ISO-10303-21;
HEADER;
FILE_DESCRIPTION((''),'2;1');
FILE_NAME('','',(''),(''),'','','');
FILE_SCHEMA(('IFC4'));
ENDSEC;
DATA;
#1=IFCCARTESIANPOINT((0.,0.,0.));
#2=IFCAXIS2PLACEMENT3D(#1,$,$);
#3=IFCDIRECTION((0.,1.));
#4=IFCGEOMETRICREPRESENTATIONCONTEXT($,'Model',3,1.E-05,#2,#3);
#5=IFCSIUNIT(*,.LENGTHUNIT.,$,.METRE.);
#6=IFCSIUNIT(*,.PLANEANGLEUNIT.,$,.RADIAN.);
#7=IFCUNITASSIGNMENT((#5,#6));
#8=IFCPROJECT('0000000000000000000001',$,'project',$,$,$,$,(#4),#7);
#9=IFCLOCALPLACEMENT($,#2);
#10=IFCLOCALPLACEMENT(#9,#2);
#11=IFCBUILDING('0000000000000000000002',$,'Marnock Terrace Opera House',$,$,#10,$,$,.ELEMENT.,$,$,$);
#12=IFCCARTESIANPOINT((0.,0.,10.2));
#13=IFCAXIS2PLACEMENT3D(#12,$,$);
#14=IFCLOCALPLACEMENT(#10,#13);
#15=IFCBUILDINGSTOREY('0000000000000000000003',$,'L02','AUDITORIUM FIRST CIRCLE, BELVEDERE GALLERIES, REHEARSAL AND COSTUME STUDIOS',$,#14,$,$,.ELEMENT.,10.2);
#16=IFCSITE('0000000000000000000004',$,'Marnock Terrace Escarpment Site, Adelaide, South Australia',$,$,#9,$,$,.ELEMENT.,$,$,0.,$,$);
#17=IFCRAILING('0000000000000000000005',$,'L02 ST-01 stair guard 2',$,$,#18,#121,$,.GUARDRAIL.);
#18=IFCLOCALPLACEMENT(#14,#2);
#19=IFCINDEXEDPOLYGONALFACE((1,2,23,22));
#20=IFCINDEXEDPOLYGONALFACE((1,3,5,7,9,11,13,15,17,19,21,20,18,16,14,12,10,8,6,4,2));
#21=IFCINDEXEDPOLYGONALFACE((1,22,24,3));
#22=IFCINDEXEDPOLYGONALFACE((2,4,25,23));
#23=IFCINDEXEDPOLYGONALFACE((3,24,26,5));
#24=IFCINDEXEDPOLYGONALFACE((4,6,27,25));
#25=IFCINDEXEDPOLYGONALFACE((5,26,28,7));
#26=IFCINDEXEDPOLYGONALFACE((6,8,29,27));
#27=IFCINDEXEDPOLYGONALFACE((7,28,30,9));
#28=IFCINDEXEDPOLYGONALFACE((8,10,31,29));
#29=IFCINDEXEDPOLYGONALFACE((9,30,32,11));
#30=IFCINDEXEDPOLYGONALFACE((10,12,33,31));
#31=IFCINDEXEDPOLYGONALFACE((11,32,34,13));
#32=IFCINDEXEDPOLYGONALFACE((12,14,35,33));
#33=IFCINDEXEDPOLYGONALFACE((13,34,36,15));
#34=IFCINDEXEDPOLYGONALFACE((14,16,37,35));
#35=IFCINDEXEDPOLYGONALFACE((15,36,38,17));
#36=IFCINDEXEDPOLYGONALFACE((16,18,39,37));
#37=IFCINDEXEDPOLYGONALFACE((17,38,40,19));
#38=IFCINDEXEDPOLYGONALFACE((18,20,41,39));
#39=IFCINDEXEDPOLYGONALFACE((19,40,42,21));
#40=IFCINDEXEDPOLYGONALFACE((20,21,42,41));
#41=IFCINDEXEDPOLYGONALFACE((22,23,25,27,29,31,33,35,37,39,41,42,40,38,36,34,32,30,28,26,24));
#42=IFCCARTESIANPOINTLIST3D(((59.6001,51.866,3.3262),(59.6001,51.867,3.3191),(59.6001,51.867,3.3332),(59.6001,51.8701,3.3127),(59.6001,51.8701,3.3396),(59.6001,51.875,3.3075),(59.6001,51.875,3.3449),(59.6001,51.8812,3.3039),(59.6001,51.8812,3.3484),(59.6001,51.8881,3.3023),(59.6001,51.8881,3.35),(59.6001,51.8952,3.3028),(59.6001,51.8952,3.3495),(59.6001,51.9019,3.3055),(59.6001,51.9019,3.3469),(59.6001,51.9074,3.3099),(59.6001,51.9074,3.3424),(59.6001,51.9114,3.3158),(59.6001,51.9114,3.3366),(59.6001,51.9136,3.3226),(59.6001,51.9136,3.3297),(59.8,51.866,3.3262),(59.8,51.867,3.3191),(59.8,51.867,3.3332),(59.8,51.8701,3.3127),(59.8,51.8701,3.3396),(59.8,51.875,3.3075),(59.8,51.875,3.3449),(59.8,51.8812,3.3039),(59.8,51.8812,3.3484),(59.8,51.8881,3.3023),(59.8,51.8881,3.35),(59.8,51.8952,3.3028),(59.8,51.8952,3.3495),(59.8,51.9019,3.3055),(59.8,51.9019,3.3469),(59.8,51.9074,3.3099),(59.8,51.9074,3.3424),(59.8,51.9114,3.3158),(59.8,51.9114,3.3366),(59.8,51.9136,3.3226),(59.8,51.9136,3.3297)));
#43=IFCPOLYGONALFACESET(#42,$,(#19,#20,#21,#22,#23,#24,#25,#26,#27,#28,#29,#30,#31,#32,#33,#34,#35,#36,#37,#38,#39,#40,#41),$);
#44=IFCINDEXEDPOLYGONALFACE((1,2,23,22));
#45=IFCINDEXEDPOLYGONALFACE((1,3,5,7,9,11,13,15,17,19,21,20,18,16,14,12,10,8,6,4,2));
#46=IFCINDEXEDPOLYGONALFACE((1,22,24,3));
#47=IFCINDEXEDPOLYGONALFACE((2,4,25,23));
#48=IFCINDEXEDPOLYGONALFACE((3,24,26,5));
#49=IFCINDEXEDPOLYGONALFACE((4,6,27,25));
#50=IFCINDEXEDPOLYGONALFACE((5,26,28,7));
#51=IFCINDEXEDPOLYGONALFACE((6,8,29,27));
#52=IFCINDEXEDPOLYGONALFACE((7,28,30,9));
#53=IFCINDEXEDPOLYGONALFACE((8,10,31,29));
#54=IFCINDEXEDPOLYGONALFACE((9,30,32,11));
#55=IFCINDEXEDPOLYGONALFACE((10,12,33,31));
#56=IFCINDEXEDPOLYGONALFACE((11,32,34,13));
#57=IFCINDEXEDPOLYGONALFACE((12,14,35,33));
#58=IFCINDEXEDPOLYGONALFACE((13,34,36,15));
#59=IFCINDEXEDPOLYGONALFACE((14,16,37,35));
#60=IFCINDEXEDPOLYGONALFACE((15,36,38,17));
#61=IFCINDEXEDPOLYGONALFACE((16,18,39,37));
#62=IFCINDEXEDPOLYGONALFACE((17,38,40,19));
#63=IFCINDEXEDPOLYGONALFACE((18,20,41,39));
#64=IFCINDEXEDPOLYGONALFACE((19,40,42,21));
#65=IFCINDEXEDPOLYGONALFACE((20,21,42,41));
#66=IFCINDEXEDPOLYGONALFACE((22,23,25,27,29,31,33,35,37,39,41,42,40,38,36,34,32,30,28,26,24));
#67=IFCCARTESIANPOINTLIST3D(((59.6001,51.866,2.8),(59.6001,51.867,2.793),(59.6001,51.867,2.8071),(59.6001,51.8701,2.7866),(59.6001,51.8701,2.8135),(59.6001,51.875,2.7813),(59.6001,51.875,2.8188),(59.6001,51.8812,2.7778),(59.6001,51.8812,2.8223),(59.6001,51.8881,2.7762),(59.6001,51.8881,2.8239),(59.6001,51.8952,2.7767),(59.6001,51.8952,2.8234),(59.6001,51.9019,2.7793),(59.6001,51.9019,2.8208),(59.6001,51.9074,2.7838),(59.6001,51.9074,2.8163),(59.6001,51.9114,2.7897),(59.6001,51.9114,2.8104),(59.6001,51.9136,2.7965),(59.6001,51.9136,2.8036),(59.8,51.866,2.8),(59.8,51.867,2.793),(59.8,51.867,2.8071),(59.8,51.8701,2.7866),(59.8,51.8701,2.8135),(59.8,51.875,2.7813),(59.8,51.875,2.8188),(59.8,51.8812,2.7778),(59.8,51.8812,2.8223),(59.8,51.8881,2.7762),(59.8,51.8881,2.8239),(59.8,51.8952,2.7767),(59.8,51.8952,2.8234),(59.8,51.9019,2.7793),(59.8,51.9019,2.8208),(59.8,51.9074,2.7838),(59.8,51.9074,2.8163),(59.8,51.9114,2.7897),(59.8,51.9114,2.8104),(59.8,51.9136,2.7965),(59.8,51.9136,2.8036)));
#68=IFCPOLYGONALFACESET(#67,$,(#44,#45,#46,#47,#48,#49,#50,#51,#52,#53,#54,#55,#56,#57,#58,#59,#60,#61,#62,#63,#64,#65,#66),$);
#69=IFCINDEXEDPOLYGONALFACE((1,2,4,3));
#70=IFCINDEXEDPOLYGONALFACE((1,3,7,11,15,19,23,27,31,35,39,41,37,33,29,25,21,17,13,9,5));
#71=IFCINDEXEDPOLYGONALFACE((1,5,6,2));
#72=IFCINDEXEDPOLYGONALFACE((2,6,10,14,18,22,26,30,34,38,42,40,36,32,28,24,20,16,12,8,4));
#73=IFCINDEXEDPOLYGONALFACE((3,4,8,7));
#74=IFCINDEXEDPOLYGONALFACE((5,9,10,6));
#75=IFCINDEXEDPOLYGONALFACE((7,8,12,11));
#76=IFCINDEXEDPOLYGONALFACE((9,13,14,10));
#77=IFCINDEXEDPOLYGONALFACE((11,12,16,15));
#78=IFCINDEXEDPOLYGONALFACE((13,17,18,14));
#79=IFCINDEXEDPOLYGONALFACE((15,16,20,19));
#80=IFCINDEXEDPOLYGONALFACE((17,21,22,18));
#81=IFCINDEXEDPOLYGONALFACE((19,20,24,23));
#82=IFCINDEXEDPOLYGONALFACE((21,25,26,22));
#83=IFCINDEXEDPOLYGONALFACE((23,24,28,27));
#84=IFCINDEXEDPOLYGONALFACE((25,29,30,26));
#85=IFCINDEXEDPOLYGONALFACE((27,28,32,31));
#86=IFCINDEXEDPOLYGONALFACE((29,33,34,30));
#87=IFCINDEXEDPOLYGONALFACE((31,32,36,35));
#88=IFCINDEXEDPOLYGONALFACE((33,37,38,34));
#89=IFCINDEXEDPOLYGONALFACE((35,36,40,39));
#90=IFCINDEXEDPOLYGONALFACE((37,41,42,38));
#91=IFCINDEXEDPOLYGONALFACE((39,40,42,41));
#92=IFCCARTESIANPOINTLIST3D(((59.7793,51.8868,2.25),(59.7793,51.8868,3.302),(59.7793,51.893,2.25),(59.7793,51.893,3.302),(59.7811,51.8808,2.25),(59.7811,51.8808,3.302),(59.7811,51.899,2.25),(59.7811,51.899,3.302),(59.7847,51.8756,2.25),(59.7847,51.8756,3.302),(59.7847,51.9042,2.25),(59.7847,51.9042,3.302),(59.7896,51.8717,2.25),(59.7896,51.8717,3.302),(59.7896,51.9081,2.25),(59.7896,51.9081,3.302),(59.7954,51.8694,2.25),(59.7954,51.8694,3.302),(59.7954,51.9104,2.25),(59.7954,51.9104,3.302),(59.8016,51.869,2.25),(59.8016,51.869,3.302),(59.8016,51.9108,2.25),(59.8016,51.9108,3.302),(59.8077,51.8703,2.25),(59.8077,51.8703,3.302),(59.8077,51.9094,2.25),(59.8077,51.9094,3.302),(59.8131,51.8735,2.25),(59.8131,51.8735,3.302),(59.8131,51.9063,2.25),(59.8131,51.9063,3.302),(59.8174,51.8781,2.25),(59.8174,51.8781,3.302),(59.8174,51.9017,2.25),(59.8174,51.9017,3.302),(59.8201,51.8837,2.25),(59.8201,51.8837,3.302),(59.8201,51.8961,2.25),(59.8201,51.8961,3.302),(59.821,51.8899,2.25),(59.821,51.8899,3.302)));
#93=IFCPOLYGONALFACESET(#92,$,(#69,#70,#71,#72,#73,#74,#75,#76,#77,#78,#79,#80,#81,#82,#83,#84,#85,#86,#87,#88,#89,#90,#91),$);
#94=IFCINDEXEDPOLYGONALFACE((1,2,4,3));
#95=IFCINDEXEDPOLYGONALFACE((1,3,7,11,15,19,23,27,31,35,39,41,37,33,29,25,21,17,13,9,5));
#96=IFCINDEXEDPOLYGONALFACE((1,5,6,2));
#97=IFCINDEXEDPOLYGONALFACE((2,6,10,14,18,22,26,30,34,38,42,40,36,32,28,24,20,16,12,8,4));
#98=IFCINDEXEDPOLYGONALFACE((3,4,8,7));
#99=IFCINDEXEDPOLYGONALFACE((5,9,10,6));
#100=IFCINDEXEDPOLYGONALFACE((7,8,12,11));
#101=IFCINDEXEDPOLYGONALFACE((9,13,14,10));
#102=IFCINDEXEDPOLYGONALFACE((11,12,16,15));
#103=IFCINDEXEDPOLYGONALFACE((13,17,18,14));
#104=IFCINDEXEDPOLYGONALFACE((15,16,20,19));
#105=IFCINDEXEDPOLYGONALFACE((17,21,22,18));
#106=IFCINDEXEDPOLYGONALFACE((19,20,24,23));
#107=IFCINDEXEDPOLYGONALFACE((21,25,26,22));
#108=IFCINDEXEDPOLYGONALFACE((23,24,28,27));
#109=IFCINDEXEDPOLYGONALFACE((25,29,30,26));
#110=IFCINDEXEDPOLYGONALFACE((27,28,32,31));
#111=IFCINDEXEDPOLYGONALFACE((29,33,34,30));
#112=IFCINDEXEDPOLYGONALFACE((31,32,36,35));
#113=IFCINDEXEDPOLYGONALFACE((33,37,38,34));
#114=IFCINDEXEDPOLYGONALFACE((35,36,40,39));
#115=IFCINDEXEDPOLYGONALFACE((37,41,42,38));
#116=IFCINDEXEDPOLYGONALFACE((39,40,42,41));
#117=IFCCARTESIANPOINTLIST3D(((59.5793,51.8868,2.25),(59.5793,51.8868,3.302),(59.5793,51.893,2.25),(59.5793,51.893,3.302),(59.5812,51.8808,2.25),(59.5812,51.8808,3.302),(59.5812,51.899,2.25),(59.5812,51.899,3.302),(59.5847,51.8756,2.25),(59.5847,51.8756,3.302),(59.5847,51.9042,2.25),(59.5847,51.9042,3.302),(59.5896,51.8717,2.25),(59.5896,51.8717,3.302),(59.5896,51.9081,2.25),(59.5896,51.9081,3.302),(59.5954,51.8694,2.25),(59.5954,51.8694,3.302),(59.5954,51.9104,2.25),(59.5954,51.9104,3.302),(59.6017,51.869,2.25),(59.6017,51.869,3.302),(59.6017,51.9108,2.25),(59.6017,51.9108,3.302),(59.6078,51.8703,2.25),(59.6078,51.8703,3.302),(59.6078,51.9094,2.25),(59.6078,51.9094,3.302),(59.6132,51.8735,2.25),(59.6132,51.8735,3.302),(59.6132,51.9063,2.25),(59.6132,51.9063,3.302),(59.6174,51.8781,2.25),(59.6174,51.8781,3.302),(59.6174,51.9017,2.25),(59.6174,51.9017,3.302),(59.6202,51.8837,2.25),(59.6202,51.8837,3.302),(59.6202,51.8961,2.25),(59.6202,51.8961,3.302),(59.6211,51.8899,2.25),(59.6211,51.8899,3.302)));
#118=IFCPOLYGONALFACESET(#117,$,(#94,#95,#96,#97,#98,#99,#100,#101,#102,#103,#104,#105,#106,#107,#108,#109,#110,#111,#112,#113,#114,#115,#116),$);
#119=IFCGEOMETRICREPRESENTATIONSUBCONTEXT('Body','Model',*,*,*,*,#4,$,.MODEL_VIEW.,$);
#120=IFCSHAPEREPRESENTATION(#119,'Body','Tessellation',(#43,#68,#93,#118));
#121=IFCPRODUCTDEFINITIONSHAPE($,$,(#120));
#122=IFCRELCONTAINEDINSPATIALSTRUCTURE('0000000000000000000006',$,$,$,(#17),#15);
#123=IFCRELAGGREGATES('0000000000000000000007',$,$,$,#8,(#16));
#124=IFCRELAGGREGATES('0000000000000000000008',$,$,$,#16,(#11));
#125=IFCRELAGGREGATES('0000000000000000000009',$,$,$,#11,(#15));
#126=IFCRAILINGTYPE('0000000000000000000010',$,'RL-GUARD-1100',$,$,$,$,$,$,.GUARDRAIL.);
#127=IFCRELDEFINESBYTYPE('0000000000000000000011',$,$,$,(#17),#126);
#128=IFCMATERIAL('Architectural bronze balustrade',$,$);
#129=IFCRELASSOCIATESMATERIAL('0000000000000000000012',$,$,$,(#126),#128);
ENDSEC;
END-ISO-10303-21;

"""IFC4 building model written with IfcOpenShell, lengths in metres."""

from ifc_helpers import new_model, si_unit, direction, frame, origin, origin_2d, place, context, subcontext, project, spatial, circle, extrude, material, type_object, element, save


model = new_model("IFC4")

# Units and contexts
model_context = context("Model", 3, precision=1e-05, world=origin(), true_north=direction((0.0, 1.0)))
body_context = subcontext(model_context, "Body", "Model", "MODEL_VIEW")
ifc_project = project(units=[si_unit("LENGTHUNIT", "METRE"), si_unit("PLANEANGLEUNIT", "RADIAN")], contexts=[model_context])

# Site, building, storey
site_placement = place(None, origin())
site = spatial("IfcSite", under=ifc_project, at=site_placement, Name="Marnock Terrace Escarpment Site, Adelaide, South Australia", CompositionType="ELEMENT", RefElevation=0.0)
building_placement = place(site_placement, origin())
building = spatial("IfcBuilding", under=site, at=building_placement, Name="Marnock Terrace Opera House", CompositionType="ELEMENT")
storey_placement = place(building_placement, frame((0.0, 0.0, 10.2)))
storey = spatial("IfcBuildingStorey", under=building, at=storey_placement, Name="L02", Description="AUDITORIUM FIRST CIRCLE, BELVEDERE GALLERIES, REHEARSAL AND COSTUME STUDIOS", CompositionType="ELEMENT", Elevation=10.2)

# Railing
ifc_material_1 = material(Name="Architectural bronze balustrade")
railing_type_1 = type_object("IfcRailingType", Name="RL-GUARD-1100", PredefinedType="GUARDRAIL", material=ifc_material_1)
railing_1_placement = place(storey_placement, frame((59.8, 51.8899, 2.25)))
element("IfcRailing", 1, at=railing_1_placement, inside=storey, type_object=railing_type_1, Name="L02 ST-01 stair guard 2", PredefinedType="GUARDRAIL", context=body_context, shape_type="SweptSolid", body=[
    extrude(circle(Radius=0.0239, at=origin_2d()), frame((0.0, 0.0, 1.0762), z_axis=(-1.0, 0.0, 0.0), x_axis=(0.0, -1.0, 0.0)), (0.0, 0.0, 1.0), 0.2),
    extrude(circle(Radius=0.0239, at=origin_2d()), frame((0.0, 0.0, 0.55), z_axis=(-1.0, 0.0, 0.0), x_axis=(0.0, -1.0, 0.0)), (0.0, 0.0, 1.0), 0.2),
    extrude(circle(Radius=0.021, at=origin_2d()), origin(), (0.0, 0.0, 1.0), 1.052),
    extrude(circle(Radius=0.021, at=origin_2d()), frame((-0.2, 0.0, 0.0)), (0.0, 0.0, 1.0), 1.052),
])

save(model, "model.ifc")
